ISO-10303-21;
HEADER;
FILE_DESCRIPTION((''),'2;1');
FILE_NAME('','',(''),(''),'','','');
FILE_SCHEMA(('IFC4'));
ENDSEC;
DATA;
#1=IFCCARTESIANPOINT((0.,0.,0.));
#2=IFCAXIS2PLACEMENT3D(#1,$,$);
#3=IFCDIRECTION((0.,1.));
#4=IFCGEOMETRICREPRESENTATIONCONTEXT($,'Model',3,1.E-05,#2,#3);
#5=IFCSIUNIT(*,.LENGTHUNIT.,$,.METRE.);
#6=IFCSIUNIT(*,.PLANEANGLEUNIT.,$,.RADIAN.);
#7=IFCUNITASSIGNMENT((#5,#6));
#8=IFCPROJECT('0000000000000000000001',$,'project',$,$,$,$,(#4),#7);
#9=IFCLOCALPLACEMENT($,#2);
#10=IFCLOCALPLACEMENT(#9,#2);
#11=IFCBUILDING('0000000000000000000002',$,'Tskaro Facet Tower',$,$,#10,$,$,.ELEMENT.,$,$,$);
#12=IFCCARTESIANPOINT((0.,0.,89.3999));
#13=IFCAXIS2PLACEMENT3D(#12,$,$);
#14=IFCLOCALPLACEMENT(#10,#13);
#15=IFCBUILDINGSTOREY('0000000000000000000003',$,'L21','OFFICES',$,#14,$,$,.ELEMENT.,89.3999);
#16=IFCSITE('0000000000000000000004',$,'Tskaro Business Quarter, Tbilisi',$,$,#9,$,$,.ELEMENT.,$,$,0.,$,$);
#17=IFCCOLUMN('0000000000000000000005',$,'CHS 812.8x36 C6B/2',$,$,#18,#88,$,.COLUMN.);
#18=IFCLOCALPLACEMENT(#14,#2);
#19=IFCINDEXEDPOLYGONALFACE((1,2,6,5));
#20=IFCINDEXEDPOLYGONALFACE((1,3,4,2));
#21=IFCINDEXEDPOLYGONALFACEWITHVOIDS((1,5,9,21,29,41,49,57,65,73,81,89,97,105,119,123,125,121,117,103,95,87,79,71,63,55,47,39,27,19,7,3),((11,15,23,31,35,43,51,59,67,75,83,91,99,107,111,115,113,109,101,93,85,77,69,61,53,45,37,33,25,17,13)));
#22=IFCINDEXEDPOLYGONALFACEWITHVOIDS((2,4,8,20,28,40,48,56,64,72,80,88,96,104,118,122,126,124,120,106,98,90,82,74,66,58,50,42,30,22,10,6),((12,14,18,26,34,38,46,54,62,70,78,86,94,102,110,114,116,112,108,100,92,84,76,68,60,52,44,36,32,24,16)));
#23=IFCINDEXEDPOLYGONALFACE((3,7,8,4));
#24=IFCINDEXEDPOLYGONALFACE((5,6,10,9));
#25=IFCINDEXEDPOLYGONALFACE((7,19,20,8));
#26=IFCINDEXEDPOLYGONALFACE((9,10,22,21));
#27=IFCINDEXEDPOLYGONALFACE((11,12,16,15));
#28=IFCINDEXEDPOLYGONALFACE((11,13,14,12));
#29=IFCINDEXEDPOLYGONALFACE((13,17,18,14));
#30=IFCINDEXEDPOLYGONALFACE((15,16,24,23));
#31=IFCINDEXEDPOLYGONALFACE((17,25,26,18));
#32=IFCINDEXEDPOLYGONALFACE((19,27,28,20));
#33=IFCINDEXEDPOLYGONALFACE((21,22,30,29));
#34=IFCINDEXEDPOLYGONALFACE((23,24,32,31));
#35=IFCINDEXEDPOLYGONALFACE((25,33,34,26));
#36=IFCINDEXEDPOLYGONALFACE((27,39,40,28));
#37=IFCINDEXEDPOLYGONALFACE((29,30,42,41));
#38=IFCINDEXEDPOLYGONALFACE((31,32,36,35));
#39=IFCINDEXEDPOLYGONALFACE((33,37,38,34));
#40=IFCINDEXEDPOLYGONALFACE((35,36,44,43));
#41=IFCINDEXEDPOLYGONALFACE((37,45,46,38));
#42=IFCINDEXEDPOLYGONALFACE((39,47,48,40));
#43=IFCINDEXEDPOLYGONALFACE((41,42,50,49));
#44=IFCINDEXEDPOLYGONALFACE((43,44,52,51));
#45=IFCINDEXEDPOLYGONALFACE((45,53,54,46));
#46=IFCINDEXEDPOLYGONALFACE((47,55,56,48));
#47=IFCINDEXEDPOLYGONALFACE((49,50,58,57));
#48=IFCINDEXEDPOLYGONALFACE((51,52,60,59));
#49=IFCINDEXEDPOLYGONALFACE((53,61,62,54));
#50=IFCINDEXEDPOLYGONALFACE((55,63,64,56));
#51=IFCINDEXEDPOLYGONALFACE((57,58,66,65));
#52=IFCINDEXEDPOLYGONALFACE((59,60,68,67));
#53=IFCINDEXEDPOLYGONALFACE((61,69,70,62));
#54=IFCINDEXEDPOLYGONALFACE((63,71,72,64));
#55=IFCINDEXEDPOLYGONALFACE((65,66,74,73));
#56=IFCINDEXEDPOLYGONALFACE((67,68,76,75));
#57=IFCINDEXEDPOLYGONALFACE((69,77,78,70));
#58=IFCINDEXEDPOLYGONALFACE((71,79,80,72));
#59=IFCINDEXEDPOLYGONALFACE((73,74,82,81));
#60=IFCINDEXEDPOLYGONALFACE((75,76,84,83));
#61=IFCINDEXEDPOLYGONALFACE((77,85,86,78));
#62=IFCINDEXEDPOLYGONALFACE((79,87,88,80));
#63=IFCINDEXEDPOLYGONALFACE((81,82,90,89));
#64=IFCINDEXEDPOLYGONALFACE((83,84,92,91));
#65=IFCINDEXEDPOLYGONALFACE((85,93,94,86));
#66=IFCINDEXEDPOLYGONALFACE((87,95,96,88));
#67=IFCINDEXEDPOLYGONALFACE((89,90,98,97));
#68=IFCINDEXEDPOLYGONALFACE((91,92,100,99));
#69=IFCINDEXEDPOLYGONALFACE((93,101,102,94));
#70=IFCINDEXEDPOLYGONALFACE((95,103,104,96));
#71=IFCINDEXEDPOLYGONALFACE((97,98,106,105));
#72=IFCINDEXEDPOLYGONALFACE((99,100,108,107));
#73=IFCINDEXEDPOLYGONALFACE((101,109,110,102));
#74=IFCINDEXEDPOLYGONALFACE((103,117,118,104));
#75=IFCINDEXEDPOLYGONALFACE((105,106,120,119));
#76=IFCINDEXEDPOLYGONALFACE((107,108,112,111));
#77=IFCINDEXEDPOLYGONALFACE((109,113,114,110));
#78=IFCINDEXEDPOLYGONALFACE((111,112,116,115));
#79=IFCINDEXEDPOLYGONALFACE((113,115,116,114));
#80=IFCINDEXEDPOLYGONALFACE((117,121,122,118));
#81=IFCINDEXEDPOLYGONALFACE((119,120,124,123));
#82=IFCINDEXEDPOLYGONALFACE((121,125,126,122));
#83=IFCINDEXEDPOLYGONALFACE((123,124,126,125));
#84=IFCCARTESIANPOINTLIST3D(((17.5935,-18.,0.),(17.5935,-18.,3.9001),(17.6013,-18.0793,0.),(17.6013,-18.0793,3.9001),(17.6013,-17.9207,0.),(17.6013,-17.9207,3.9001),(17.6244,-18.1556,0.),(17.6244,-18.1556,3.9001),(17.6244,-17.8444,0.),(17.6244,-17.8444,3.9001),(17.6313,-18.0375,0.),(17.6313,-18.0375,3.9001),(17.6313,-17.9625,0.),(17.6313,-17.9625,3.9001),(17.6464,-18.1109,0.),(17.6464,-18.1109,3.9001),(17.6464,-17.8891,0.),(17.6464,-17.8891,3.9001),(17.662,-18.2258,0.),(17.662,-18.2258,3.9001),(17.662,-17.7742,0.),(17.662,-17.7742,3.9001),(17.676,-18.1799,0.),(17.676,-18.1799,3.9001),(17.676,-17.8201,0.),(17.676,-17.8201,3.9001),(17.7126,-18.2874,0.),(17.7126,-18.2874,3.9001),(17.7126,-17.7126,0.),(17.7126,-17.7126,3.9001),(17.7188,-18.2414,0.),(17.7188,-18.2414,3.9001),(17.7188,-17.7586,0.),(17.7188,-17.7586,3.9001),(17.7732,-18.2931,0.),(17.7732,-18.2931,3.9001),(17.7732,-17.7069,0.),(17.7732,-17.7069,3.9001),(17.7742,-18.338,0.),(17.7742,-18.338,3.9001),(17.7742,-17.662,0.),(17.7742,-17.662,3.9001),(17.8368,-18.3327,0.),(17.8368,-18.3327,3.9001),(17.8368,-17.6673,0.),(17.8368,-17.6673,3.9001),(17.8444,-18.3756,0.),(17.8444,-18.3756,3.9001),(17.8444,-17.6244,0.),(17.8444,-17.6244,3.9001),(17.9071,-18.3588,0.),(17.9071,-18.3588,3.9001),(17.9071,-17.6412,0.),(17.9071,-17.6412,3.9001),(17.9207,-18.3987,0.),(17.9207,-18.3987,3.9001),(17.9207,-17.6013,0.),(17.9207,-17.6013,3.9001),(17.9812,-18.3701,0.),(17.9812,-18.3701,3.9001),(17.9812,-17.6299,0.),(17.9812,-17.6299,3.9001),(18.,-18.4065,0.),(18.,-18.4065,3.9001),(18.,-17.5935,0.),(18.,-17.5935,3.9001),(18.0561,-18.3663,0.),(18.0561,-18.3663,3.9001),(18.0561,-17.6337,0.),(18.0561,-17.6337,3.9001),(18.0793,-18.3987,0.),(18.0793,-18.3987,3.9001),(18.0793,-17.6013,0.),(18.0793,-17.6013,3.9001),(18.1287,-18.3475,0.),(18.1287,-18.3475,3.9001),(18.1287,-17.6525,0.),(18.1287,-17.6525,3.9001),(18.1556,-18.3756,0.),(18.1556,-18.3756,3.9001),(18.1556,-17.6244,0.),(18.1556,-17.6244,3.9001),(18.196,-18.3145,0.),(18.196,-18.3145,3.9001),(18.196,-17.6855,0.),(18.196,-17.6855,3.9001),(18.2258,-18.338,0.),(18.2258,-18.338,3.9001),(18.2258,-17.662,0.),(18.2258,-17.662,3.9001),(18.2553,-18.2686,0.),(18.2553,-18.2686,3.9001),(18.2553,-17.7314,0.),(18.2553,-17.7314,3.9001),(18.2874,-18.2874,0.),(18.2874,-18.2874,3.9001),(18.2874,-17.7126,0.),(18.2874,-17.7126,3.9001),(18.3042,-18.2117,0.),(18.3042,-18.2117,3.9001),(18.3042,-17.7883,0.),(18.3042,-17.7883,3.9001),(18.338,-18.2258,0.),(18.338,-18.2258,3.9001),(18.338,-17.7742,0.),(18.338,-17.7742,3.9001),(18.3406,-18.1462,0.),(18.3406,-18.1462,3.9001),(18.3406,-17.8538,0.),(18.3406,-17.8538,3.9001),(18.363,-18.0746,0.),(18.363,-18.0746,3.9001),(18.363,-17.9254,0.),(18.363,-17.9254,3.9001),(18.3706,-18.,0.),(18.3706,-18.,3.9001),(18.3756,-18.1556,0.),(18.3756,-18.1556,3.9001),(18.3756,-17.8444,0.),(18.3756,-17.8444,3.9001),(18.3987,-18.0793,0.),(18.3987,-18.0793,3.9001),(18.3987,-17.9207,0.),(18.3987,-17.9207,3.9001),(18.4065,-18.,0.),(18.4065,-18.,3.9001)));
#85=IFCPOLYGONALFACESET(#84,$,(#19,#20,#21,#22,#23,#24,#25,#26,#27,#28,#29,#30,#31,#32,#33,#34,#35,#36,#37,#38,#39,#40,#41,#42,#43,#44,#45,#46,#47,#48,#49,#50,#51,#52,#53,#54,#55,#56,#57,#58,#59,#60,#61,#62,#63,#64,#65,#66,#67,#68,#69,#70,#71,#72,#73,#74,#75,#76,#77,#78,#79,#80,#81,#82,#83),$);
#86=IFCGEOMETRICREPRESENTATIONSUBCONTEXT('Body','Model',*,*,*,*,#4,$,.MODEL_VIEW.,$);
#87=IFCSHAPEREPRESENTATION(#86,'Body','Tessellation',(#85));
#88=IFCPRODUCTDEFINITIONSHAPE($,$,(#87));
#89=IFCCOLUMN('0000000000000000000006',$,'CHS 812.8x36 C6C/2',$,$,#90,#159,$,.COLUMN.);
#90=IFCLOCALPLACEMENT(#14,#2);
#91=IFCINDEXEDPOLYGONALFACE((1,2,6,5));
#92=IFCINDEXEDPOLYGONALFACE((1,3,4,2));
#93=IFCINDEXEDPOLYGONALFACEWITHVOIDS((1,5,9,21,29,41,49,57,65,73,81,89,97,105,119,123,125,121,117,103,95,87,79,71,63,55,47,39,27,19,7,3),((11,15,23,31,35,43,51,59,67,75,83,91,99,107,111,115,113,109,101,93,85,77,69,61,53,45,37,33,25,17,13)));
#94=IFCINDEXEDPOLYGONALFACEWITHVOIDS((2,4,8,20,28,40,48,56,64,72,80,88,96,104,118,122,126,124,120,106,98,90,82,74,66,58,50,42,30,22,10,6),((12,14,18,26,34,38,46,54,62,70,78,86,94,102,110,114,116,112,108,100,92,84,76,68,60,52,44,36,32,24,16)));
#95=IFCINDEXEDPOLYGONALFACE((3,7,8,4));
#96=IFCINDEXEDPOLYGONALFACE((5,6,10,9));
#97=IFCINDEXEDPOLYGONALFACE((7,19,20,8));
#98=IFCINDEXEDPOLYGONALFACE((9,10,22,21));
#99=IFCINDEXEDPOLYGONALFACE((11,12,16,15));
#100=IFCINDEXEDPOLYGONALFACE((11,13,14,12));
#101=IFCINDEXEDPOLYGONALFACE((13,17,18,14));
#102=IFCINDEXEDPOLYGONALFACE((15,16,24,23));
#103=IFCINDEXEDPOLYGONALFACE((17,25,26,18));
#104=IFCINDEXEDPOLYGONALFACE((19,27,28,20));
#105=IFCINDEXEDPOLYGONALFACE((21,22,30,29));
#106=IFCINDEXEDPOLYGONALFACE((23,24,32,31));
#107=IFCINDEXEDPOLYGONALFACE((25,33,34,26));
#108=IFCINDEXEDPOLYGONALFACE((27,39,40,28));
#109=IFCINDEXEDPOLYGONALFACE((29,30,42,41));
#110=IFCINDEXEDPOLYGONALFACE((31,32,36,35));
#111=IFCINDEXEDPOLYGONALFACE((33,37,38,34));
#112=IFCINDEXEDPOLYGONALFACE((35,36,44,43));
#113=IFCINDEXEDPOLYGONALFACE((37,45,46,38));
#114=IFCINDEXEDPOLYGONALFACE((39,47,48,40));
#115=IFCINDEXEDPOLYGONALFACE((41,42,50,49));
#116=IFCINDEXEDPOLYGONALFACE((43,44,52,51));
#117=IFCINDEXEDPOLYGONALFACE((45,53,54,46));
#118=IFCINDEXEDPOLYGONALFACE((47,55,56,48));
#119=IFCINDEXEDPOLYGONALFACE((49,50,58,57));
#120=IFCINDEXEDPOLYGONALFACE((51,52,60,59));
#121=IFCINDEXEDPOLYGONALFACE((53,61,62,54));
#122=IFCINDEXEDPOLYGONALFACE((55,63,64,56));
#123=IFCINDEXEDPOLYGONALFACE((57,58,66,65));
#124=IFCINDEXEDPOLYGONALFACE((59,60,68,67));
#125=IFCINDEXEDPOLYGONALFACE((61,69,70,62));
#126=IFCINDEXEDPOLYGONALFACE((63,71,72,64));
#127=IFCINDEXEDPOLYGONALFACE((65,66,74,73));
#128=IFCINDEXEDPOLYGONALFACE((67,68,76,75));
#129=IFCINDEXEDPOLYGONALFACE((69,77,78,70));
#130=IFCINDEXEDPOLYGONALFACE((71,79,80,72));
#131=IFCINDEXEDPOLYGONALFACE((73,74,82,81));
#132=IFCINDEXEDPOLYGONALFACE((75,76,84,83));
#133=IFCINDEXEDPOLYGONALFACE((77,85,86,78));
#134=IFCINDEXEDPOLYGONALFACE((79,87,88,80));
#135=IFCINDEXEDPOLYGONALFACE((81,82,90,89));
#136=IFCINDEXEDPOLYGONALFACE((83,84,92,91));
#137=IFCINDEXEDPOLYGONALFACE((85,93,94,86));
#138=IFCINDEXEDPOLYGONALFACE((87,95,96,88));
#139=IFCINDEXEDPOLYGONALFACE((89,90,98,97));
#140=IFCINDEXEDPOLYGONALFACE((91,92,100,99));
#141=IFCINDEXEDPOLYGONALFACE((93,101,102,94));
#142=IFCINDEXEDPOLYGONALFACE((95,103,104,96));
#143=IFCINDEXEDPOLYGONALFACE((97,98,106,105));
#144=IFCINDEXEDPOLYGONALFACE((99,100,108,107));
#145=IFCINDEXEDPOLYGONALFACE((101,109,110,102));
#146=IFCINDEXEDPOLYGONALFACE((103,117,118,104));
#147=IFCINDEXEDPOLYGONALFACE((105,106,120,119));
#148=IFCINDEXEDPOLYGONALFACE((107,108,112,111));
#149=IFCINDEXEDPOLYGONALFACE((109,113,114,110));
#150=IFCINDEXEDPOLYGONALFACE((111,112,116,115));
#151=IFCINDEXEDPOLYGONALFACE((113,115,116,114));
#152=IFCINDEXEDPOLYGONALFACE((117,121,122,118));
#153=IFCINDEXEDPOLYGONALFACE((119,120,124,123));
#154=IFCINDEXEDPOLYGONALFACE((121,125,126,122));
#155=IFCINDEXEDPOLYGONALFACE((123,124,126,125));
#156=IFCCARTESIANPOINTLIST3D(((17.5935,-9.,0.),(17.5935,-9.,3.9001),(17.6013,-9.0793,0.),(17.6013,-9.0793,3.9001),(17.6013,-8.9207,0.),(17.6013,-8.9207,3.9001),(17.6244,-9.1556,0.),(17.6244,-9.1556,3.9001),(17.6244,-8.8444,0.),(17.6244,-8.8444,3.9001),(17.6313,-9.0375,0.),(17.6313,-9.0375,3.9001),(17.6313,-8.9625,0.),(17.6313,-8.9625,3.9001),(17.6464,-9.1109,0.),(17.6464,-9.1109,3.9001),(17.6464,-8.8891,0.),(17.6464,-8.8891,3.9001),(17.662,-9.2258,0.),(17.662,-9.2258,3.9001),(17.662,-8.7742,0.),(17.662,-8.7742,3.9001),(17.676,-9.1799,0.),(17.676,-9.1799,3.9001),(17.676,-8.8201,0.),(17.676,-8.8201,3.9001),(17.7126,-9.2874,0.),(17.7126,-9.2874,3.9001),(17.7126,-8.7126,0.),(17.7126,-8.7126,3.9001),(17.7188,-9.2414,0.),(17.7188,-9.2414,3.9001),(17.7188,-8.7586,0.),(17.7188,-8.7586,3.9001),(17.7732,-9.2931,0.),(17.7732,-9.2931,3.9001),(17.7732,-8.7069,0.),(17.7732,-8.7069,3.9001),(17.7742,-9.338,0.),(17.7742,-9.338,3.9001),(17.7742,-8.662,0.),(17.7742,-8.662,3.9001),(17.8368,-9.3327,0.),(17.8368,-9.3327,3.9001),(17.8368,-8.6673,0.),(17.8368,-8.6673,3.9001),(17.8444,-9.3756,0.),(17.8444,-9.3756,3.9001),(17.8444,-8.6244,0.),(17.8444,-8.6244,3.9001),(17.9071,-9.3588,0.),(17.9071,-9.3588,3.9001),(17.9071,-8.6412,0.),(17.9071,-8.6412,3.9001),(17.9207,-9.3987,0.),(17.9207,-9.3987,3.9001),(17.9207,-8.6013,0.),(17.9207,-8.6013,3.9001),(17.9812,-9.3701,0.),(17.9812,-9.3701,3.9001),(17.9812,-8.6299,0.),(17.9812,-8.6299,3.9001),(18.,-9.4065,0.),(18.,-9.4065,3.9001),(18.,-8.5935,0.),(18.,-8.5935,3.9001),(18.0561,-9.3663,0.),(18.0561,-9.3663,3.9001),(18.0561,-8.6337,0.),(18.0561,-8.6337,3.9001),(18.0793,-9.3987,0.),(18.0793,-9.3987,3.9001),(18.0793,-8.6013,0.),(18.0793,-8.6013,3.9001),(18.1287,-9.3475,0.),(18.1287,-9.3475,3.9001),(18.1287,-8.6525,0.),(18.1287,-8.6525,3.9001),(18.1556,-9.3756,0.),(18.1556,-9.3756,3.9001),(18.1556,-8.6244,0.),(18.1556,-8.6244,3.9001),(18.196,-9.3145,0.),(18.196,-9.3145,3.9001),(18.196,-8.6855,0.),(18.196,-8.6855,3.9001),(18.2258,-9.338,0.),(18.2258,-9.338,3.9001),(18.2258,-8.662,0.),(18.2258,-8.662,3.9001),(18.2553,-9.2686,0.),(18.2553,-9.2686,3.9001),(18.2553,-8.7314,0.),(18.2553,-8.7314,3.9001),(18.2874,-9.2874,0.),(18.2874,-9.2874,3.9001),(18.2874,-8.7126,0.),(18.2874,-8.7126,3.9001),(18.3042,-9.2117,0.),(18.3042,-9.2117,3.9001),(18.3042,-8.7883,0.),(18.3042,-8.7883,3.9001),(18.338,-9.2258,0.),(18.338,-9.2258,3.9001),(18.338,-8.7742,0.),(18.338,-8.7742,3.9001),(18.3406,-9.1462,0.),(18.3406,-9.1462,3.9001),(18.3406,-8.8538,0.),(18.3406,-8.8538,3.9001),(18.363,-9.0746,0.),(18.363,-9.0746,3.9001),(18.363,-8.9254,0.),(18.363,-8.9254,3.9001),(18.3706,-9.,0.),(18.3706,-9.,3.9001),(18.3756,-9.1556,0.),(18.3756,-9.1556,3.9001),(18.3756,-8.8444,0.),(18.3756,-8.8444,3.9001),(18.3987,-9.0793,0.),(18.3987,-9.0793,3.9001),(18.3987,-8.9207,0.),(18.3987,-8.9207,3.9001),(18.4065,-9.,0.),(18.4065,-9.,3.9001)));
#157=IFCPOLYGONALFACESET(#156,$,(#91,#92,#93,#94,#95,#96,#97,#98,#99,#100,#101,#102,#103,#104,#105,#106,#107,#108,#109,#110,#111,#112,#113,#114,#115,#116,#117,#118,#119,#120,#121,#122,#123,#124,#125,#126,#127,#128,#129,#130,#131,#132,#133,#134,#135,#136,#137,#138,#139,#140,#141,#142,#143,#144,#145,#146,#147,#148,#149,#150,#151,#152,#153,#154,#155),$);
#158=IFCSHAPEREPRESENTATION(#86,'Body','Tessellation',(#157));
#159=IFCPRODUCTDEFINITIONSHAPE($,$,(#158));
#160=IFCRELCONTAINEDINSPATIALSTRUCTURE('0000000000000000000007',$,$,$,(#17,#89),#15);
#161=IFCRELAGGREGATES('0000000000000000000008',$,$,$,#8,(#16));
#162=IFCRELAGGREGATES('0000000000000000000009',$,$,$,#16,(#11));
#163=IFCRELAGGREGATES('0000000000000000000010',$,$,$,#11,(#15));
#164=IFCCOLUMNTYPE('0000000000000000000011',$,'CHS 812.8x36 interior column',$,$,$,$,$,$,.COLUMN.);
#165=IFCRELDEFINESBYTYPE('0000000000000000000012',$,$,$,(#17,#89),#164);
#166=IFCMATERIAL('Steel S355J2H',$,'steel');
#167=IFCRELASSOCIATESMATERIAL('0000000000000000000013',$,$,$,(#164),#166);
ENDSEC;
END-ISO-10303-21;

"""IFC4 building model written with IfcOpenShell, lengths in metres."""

from ifc_helpers import new_model, si_unit, direction, frame, origin, origin_2d, place, context, subcontext, project, spatial, hollow_circle, extrude, material, material_profile, profile_set, type_object, element, save


model = new_model("IFC4")

# Units and contexts
model_context = context("Model", 3, precision=1e-05, world=origin(), true_north=direction((0.0, 1.0)))
body_context = subcontext(model_context, "Body", "Model", "MODEL_VIEW")
ifc_project = project(units=[si_unit("LENGTHUNIT", "METRE"), si_unit("PLANEANGLEUNIT", "RADIAN")], contexts=[model_context])

# Site, building, storey
site_placement = place(None, origin())
site = spatial("IfcSite", under=ifc_project, at=site_placement, Name="Tskaro Business Quarter, Tbilisi", CompositionType="ELEMENT", RefElevation=0.0)
building_placement = place(site_placement, origin())
building = spatial("IfcBuilding", under=site, at=building_placement, Name="Tskaro Facet Tower", CompositionType="ELEMENT")
storey_placement = place(building_placement, frame((0.0, 0.0, 89.3999)))
storey = spatial("IfcBuildingStorey", under=building, at=storey_placement, Name="L21", Description="OFFICES", CompositionType="ELEMENT", Elevation=89.3999)

# Columns
ifc_material_1 = material(Name="Steel S355J2H", Category="steel")
ifc_material_profile_1 = material_profile(ifc_material_1, hollow_circle(Radius=0.4065, WallThickness=0.0359, at=origin_2d()), Name="CHS 812.8x36")
ifc_profile_set_1 = profile_set([ifc_material_profile_1], Name="Steel S355J2H")
column_type_1 = type_object("IfcColumnType", Name="CHS 812.8x36 interior column", PredefinedType="COLUMN", material=ifc_profile_set_1)
for number, where, z_axis, x_axis, name in (
    (1, (18.0, -18.0, 0.0), (0.0, 0.0, 1.0), (1.0, 0.0, 0.0), "CHS 812.8x36 C6B/2"),
    (2, (18.0, -9.0, 0.0), (0.0, 0.0, 1.0), (1.0, 0.0, 0.0), "CHS 812.8x36 C6C/2"),
):
    element("IfcColumn", number, at=place(storey_placement, frame(where, z_axis=z_axis, x_axis=x_axis)), inside=storey, type_object=column_type_1, Name=name, PredefinedType="COLUMN", context=body_context, shape_type="SweptSolid", body=[
        extrude(hollow_circle(Radius=0.4065, WallThickness=0.0359, at=origin_2d()), origin(), (0.0, 0.0, 1.0), 3.9001),
    ])

save(model, "model.ifc")
